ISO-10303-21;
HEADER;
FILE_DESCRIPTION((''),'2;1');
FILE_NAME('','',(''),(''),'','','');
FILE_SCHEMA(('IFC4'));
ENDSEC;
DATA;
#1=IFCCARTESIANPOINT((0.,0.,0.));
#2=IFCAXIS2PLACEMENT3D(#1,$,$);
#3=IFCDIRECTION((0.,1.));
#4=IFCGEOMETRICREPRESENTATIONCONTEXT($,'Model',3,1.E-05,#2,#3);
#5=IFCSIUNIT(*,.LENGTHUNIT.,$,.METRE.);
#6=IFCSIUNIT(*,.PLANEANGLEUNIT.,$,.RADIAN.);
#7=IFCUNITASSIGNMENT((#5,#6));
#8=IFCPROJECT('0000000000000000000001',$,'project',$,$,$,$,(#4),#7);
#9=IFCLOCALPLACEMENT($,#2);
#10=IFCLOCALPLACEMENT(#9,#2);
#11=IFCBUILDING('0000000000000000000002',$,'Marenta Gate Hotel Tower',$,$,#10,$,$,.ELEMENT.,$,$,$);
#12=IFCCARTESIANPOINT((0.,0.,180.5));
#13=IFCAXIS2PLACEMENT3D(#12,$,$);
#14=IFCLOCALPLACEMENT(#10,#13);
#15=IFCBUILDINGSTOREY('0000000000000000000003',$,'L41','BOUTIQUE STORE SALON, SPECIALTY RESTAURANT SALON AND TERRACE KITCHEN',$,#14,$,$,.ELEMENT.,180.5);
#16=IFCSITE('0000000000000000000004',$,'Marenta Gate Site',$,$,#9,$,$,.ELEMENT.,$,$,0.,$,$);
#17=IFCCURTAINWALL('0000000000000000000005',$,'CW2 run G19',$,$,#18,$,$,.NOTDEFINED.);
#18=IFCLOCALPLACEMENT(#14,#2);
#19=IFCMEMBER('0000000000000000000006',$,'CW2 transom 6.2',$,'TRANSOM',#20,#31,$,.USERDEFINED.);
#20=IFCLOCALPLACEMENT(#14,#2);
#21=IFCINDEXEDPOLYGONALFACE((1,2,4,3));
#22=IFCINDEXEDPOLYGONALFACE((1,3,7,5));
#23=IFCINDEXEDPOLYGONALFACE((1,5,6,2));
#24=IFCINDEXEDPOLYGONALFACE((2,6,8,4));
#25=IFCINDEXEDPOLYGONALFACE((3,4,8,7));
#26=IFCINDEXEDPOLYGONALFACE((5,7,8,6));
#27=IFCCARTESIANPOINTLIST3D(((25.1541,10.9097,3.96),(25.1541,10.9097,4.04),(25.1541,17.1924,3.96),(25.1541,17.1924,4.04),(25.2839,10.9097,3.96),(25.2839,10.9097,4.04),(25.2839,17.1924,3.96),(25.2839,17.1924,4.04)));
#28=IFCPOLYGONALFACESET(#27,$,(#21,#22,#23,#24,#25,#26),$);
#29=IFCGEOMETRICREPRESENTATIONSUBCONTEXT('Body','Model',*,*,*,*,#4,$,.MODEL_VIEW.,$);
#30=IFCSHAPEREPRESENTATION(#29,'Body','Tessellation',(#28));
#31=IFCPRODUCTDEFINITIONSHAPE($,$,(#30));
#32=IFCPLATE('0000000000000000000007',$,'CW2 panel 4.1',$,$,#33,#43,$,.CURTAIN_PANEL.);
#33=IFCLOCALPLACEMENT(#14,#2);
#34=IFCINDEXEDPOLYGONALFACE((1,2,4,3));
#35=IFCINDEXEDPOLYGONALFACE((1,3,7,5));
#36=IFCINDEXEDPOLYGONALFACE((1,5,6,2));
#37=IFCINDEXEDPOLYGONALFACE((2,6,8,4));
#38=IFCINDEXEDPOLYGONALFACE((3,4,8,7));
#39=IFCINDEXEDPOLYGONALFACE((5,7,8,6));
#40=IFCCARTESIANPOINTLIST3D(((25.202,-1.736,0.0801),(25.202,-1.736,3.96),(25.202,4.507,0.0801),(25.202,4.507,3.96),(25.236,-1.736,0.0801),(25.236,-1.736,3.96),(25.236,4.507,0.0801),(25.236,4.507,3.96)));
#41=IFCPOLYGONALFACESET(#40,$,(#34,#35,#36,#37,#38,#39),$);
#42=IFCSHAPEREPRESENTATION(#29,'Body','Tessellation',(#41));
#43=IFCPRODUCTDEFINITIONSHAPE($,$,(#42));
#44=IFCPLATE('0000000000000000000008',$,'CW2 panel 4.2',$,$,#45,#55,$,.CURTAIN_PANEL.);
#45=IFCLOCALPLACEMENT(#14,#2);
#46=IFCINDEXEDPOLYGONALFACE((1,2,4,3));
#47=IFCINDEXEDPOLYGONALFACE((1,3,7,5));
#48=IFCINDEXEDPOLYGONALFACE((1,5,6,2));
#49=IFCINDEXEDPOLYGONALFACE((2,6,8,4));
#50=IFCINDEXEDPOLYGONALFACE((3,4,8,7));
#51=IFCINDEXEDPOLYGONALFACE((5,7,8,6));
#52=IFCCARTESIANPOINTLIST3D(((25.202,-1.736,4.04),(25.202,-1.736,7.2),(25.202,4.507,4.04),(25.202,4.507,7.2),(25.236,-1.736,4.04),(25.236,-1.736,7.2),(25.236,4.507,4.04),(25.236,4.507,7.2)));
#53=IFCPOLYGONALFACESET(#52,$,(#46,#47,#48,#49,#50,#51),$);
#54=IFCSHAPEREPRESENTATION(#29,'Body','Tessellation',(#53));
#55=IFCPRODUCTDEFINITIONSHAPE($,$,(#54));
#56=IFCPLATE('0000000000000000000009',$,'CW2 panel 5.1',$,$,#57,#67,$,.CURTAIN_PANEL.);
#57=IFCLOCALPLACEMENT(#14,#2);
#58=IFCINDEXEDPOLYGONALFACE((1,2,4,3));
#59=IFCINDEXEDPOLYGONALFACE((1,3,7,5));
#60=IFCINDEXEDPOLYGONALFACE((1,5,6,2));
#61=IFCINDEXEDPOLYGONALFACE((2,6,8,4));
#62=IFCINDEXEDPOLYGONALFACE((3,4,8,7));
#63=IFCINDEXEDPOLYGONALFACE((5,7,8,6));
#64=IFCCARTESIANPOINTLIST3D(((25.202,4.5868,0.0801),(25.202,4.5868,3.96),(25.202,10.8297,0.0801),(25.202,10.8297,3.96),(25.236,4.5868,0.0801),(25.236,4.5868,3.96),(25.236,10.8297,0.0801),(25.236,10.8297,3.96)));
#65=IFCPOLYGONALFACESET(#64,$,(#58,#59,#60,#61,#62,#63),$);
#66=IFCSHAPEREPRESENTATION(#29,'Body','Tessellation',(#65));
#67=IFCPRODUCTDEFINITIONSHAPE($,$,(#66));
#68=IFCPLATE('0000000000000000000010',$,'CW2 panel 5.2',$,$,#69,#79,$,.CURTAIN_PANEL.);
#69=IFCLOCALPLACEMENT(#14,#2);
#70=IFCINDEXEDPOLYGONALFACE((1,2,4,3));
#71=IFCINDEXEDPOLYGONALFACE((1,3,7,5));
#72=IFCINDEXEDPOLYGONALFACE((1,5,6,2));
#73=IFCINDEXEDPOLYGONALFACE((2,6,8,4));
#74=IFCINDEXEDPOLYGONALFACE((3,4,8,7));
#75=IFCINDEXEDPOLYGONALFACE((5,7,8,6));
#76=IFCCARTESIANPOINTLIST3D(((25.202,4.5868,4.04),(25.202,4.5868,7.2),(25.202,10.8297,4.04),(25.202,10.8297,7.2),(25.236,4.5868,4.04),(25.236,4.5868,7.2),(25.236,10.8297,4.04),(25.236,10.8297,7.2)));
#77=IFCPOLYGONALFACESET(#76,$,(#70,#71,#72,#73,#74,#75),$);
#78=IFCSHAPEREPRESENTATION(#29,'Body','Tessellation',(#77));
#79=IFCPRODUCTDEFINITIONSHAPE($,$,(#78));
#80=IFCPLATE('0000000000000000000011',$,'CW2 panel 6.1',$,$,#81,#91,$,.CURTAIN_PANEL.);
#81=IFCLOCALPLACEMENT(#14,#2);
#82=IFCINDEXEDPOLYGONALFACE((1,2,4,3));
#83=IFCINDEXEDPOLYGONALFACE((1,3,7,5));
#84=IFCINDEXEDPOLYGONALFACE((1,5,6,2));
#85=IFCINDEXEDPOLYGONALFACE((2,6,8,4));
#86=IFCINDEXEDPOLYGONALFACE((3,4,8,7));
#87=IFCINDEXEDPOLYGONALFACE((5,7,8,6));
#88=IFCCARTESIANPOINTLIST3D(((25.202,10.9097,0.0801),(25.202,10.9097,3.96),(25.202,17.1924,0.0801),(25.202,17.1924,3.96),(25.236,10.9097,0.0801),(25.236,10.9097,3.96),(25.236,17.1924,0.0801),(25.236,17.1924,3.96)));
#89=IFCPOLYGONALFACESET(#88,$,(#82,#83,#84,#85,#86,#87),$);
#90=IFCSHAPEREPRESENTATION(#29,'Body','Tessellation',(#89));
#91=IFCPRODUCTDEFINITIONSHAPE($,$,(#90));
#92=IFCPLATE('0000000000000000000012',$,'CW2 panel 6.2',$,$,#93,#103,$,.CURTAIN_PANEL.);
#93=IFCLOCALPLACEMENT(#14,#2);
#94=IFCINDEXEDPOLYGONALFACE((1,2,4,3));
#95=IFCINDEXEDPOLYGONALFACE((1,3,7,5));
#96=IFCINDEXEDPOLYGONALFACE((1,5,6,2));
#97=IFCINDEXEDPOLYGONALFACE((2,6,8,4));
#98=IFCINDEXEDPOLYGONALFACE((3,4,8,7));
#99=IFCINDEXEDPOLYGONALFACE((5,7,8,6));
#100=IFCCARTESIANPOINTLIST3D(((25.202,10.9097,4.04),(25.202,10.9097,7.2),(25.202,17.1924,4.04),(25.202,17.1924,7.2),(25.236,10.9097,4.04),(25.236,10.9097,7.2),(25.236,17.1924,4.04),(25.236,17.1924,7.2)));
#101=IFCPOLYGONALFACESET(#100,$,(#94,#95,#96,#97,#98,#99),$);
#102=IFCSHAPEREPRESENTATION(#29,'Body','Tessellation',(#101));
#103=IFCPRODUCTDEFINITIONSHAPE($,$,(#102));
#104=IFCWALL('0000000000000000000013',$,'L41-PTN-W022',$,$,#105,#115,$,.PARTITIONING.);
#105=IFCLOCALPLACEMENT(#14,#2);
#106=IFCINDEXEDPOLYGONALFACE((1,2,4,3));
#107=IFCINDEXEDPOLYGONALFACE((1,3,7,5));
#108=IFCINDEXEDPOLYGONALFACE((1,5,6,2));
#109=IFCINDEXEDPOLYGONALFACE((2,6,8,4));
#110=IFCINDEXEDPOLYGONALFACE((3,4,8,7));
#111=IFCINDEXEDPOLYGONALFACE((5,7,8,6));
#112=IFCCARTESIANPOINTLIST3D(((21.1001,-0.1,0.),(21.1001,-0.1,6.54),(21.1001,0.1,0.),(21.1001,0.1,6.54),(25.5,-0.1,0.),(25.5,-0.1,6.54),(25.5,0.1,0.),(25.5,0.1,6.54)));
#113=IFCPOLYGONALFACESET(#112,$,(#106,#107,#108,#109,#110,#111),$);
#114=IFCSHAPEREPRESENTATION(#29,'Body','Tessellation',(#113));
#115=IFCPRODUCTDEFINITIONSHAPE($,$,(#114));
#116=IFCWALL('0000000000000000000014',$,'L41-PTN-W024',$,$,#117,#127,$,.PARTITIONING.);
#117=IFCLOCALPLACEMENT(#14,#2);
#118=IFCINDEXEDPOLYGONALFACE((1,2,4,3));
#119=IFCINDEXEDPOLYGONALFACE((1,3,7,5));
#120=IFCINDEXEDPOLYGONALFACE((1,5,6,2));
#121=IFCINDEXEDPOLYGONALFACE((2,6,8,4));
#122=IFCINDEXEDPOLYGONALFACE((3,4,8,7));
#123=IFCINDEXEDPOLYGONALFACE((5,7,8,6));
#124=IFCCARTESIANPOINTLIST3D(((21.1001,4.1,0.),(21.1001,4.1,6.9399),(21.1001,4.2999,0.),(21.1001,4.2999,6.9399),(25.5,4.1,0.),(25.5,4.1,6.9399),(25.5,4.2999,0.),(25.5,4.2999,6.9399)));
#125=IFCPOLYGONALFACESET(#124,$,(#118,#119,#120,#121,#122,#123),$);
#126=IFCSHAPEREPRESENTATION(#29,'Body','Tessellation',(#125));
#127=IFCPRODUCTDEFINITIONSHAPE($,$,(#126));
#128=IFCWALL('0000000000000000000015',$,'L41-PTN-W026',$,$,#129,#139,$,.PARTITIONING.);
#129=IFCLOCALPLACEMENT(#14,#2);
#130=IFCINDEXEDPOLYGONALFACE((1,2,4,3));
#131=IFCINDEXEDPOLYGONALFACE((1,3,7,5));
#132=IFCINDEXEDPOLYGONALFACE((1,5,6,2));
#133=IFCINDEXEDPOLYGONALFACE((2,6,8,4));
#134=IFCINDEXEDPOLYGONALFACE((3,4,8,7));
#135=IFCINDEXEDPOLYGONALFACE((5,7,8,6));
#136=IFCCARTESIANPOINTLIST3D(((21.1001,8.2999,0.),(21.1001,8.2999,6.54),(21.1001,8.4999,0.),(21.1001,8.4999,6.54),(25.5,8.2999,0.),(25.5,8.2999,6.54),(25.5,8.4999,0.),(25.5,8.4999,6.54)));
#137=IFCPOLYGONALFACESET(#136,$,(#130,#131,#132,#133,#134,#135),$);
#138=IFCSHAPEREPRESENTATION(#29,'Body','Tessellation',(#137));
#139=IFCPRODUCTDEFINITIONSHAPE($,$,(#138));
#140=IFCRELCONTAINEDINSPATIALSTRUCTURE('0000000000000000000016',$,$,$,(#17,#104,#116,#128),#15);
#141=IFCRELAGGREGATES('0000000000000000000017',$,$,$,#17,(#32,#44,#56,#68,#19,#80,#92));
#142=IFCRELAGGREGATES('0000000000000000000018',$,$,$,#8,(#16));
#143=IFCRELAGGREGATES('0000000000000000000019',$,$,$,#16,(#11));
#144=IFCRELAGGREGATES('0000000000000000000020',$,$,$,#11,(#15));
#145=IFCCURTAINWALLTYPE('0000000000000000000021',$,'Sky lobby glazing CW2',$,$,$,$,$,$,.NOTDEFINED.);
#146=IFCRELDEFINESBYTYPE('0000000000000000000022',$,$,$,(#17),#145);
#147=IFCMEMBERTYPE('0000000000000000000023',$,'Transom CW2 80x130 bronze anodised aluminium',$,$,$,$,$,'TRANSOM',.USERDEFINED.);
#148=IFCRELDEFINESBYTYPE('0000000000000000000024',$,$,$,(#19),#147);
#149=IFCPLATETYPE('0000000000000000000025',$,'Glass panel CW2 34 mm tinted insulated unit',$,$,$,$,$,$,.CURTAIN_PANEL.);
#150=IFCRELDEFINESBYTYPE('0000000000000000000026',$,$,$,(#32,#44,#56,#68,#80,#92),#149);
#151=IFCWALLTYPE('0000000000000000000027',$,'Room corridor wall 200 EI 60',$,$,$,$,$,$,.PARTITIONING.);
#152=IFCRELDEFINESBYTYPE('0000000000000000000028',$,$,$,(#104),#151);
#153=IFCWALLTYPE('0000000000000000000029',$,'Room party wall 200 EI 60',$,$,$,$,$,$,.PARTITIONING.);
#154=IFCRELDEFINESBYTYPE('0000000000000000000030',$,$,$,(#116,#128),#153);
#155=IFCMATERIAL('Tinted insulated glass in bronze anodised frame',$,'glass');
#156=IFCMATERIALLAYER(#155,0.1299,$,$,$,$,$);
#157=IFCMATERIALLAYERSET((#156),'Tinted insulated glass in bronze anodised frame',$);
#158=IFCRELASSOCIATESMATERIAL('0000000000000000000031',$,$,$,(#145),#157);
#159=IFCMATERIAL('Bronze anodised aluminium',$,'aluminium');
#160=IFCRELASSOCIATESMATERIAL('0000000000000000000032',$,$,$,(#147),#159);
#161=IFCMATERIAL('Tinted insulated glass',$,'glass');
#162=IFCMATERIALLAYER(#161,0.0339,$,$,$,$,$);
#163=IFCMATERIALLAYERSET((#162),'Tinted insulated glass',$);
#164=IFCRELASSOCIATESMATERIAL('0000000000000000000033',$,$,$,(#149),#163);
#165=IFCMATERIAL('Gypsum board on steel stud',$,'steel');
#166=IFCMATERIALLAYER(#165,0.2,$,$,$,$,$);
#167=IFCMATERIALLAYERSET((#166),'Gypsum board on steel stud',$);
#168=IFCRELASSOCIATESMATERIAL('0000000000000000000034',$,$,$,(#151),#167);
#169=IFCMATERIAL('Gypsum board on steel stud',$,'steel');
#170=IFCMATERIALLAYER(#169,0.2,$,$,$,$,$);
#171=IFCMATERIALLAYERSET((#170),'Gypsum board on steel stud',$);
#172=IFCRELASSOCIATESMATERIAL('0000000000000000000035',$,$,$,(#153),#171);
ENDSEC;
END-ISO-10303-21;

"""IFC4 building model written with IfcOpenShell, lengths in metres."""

from ifc_helpers import new_model, si_unit, direction, frame, frame_2d, origin, origin_2d, place, context, subcontext, project, spatial, rectangle, extrude, material, layer, layer_set, material_profile, profile_set, type_object, element, aggregate, save


model = new_model("IFC4")

# Units and contexts
model_context = context("Model", 3, precision=1e-05, world=origin(), true_north=direction((0.0, 1.0)))
body_context = subcontext(model_context, "Body", "Model", "MODEL_VIEW")
ifc_project = project(units=[si_unit("LENGTHUNIT", "METRE"), si_unit("PLANEANGLEUNIT", "RADIAN")], contexts=[model_context])

# Site, building, storey
site_placement = place(None, origin())
site = spatial("IfcSite", under=ifc_project, at=site_placement, Name="Marenta Gate Site", CompositionType="ELEMENT", RefElevation=0.0)
building_placement = place(site_placement, origin())
building = spatial("IfcBuilding", under=site, at=building_placement, Name="Marenta Gate Hotel Tower", CompositionType="ELEMENT")
storey_placement = place(building_placement, frame((0.0, 0.0, 180.5)))
storey = spatial("IfcBuildingStorey", under=building, at=storey_placement, Name="L41", Description="BOUTIQUE STORE SALON, SPECIALTY RESTAURANT SALON AND TERRACE KITCHEN", CompositionType="ELEMENT", Elevation=180.5)

# Curtain wall, member, plates
ifc_material_1 = material(Name="Tinted insulated glass in bronze anodised frame", Category="glass")
ifc_layer_1 = layer(ifc_material_1, 0.1299)
ifc_layer_set_1 = layer_set([ifc_layer_1], Name="Tinted insulated glass in bronze anodised frame")
curtain_wall_type = type_object("IfcCurtainWallType", Name="Sky lobby glazing CW2", PredefinedType="NOTDEFINED", material=ifc_layer_set_1)
curtain_wall_placement = place(storey_placement, origin())
curtain_wall = element("IfcCurtainWall", 1, at=curtain_wall_placement, inside=storey, type_object=curtain_wall_type, Name="CW2 run G19", PredefinedType="NOTDEFINED")
ifc_material_2 = material(Name="Bronze anodised aluminium", Category="aluminium")
ifc_material_profile_1 = material_profile(ifc_material_2, rectangle(XDim=0.1299, YDim=0.0801, at=origin_2d()), Name="Transom CW2 80x130 bronze anodised aluminium")
ifc_profile_set_1 = profile_set([ifc_material_profile_1], Name="Bronze anodised aluminium")
member_type_1 = type_object("IfcMemberType", Name="Transom CW2 80x130 bronze anodised aluminium", ElementType="TRANSOM", PredefinedType="USERDEFINED", material=ifc_profile_set_1)
member_1_placement = place(storey_placement, frame((25.219, 10.9097, 4.0), z_axis=(0.0, 1.0, 0.0), x_axis=(-1.0, 0.0, 0.0)))
member_1 = element("IfcMember", 2, at=member_1_placement, type_object=member_type_1, Name="CW2 transom 6.2", ObjectType="TRANSOM", PredefinedType="USERDEFINED", context=body_context, shape_type="SweptSolid", body=[
    extrude(rectangle(XDim=0.1299, YDim=0.0801, at=origin_2d()), origin(), (0.0, 0.0, 1.0), 6.2827),
])
ifc_material_3 = material(Name="Tinted insulated glass", Category="glass")
ifc_layer_2 = layer(ifc_material_3, 0.0339)
ifc_layer_set_2 = layer_set([ifc_layer_2], Name="Tinted insulated glass")
plate_type = type_object("IfcPlateType", Name="Glass panel CW2 34 mm tinted insulated unit", PredefinedType="CURTAIN_PANEL", material=ifc_layer_set_2)
plate_1_placement = place(storey_placement, frame((25.219, 1.3855, 0.0801), z_axis=(0.0, 0.0, 1.0), x_axis=(0.0, 1.0, 0.0)))
plate_1 = element("IfcPlate", 3, at=plate_1_placement, type_object=plate_type, Name="CW2 panel 4.1", PredefinedType="CURTAIN_PANEL", context=body_context, shape_type="SweptSolid", body=[
    extrude(rectangle(XDim=6.2429, YDim=0.0339, at=origin_2d()), origin(), (0.0, 0.0, 1.0), 3.8799),
])
plate_2_placement = place(storey_placement, frame((25.219, 1.3855, 4.04), z_axis=(0.0, 0.0, 1.0), x_axis=(0.0, 1.0, 0.0)))
plate_2 = element("IfcPlate", 4, at=plate_2_placement, type_object=plate_type, Name="CW2 panel 4.2", PredefinedType="CURTAIN_PANEL", context=body_context, shape_type="SweptSolid", body=[
    extrude(rectangle(XDim=6.2429, YDim=0.0339, at=origin_2d()), origin(), (0.0, 0.0, 1.0), 3.1599),
])
plate_3_placement = place(storey_placement, frame((25.219, 7.7083, 0.0801), z_axis=(0.0, 0.0, 1.0), x_axis=(0.0, 1.0, 0.0)))
plate_3 = element("IfcPlate", 5, at=plate_3_placement, type_object=plate_type, Name="CW2 panel 5.1", PredefinedType="CURTAIN_PANEL", context=body_context, shape_type="SweptSolid", body=[
    extrude(rectangle(XDim=6.2429, YDim=0.0339, at=origin_2d()), origin(), (0.0, 0.0, 1.0), 3.8799),
])
plate_4_placement = place(storey_placement, frame((25.219, 7.7083, 4.04), z_axis=(0.0, 0.0, 1.0), x_axis=(0.0, 1.0, 0.0)))
plate_4 = element("IfcPlate", 6, at=plate_4_placement, type_object=plate_type, Name="CW2 panel 5.2", PredefinedType="CURTAIN_PANEL", context=body_context, shape_type="SweptSolid", body=[
    extrude(rectangle(XDim=6.2429, YDim=0.0339, at=origin_2d()), origin(), (0.0, 0.0, 1.0), 3.1599),
])
plate_5_placement = place(storey_placement, frame((25.219, 14.051, 0.0801), z_axis=(0.0, 0.0, 1.0), x_axis=(0.0, 1.0, 0.0)))
plate_5 = element("IfcPlate", 7, at=plate_5_placement, type_object=plate_type, Name="CW2 panel 6.1", PredefinedType="CURTAIN_PANEL", context=body_context, shape_type="SweptSolid", body=[
    extrude(rectangle(XDim=6.2827, YDim=0.0339, at=origin_2d()), origin(), (0.0, 0.0, 1.0), 3.8799),
])
plate_6_placement = place(storey_placement, frame((25.219, 14.051, 4.04), z_axis=(0.0, 0.0, 1.0), x_axis=(0.0, 1.0, 0.0)))
plate_6 = element("IfcPlate", 8, at=plate_6_placement, type_object=plate_type, Name="CW2 panel 6.2", PredefinedType="CURTAIN_PANEL", context=body_context, shape_type="SweptSolid", body=[
    extrude(rectangle(XDim=6.2827, YDim=0.0339, at=origin_2d()), origin(), (0.0, 0.0, 1.0), 3.1599),
])
aggregate(curtain_wall, [plate_1, plate_2, plate_3, plate_4, member_1, plate_5, plate_6])

# Walls
ifc_material_4 = material(Name="Gypsum board on steel stud", Category="steel")
ifc_layer_3 = layer(ifc_material_4, 0.2)
ifc_layer_set_3 = layer_set([ifc_layer_3], Name="Gypsum board on steel stud")
wall_type_1 = type_object("IfcWallType", Name="Room corridor wall 200 EI 60", PredefinedType="PARTITIONING", material=ifc_layer_set_3)
wall_1_placement = place(storey_placement, frame((21.1001, 0.0, 0.0), z_axis=(0.0, 0.0, 1.0), x_axis=(1.0, 0.0, 0.0)))
element("IfcWall", 9, at=wall_1_placement, inside=storey, type_object=wall_type_1, Name="L41-PTN-W022", PredefinedType="PARTITIONING", context=body_context, shape_type="SweptSolid", body=[
    extrude(rectangle(XDim=4.3999, YDim=0.2, at=frame_2d((2.2, 0.0))), origin(), (0.0, 0.0, 1.0), 6.54),
])
ifc_material_5 = material(Name="Gypsum board on steel stud", Category="steel")
ifc_layer_4 = layer(ifc_material_5, 0.2)
ifc_layer_set_4 = layer_set([ifc_layer_4], Name="Gypsum board on steel stud")
wall_type_2 = type_object("IfcWallType", Name="Room party wall 200 EI 60", PredefinedType="PARTITIONING", material=ifc_layer_set_4)
wall_2_placement = place(storey_placement, frame((21.1001, 4.2, 0.0), z_axis=(0.0, 0.0, 1.0), x_axis=(1.0, 0.0, 0.0)))
element("IfcWall", 10, at=wall_2_placement, inside=storey, type_object=wall_type_2, Name="L41-PTN-W024", PredefinedType="PARTITIONING", context=body_context, shape_type="SweptSolid", body=[
    extrude(rectangle(XDim=4.3999, YDim=0.2, at=frame_2d((2.2, 0.0))), origin(), (0.0, 0.0, 1.0), 6.9399),
])
wall_3_placement = place(storey_placement, frame((21.1001, 8.3999, 0.0), z_axis=(0.0, 0.0, 1.0), x_axis=(1.0, 0.0, 0.0)))
element("IfcWall", 11, at=wall_3_placement, inside=storey, type_object=wall_type_2, Name="L41-PTN-W026", PredefinedType="PARTITIONING", context=body_context, shape_type="SweptSolid", body=[
    extrude(rectangle(XDim=4.3999, YDim=0.2, at=frame_2d((2.2, 0.0))), origin(), (0.0, 0.0, 1.0), 6.54),
])

save(model, "model.ifc")
